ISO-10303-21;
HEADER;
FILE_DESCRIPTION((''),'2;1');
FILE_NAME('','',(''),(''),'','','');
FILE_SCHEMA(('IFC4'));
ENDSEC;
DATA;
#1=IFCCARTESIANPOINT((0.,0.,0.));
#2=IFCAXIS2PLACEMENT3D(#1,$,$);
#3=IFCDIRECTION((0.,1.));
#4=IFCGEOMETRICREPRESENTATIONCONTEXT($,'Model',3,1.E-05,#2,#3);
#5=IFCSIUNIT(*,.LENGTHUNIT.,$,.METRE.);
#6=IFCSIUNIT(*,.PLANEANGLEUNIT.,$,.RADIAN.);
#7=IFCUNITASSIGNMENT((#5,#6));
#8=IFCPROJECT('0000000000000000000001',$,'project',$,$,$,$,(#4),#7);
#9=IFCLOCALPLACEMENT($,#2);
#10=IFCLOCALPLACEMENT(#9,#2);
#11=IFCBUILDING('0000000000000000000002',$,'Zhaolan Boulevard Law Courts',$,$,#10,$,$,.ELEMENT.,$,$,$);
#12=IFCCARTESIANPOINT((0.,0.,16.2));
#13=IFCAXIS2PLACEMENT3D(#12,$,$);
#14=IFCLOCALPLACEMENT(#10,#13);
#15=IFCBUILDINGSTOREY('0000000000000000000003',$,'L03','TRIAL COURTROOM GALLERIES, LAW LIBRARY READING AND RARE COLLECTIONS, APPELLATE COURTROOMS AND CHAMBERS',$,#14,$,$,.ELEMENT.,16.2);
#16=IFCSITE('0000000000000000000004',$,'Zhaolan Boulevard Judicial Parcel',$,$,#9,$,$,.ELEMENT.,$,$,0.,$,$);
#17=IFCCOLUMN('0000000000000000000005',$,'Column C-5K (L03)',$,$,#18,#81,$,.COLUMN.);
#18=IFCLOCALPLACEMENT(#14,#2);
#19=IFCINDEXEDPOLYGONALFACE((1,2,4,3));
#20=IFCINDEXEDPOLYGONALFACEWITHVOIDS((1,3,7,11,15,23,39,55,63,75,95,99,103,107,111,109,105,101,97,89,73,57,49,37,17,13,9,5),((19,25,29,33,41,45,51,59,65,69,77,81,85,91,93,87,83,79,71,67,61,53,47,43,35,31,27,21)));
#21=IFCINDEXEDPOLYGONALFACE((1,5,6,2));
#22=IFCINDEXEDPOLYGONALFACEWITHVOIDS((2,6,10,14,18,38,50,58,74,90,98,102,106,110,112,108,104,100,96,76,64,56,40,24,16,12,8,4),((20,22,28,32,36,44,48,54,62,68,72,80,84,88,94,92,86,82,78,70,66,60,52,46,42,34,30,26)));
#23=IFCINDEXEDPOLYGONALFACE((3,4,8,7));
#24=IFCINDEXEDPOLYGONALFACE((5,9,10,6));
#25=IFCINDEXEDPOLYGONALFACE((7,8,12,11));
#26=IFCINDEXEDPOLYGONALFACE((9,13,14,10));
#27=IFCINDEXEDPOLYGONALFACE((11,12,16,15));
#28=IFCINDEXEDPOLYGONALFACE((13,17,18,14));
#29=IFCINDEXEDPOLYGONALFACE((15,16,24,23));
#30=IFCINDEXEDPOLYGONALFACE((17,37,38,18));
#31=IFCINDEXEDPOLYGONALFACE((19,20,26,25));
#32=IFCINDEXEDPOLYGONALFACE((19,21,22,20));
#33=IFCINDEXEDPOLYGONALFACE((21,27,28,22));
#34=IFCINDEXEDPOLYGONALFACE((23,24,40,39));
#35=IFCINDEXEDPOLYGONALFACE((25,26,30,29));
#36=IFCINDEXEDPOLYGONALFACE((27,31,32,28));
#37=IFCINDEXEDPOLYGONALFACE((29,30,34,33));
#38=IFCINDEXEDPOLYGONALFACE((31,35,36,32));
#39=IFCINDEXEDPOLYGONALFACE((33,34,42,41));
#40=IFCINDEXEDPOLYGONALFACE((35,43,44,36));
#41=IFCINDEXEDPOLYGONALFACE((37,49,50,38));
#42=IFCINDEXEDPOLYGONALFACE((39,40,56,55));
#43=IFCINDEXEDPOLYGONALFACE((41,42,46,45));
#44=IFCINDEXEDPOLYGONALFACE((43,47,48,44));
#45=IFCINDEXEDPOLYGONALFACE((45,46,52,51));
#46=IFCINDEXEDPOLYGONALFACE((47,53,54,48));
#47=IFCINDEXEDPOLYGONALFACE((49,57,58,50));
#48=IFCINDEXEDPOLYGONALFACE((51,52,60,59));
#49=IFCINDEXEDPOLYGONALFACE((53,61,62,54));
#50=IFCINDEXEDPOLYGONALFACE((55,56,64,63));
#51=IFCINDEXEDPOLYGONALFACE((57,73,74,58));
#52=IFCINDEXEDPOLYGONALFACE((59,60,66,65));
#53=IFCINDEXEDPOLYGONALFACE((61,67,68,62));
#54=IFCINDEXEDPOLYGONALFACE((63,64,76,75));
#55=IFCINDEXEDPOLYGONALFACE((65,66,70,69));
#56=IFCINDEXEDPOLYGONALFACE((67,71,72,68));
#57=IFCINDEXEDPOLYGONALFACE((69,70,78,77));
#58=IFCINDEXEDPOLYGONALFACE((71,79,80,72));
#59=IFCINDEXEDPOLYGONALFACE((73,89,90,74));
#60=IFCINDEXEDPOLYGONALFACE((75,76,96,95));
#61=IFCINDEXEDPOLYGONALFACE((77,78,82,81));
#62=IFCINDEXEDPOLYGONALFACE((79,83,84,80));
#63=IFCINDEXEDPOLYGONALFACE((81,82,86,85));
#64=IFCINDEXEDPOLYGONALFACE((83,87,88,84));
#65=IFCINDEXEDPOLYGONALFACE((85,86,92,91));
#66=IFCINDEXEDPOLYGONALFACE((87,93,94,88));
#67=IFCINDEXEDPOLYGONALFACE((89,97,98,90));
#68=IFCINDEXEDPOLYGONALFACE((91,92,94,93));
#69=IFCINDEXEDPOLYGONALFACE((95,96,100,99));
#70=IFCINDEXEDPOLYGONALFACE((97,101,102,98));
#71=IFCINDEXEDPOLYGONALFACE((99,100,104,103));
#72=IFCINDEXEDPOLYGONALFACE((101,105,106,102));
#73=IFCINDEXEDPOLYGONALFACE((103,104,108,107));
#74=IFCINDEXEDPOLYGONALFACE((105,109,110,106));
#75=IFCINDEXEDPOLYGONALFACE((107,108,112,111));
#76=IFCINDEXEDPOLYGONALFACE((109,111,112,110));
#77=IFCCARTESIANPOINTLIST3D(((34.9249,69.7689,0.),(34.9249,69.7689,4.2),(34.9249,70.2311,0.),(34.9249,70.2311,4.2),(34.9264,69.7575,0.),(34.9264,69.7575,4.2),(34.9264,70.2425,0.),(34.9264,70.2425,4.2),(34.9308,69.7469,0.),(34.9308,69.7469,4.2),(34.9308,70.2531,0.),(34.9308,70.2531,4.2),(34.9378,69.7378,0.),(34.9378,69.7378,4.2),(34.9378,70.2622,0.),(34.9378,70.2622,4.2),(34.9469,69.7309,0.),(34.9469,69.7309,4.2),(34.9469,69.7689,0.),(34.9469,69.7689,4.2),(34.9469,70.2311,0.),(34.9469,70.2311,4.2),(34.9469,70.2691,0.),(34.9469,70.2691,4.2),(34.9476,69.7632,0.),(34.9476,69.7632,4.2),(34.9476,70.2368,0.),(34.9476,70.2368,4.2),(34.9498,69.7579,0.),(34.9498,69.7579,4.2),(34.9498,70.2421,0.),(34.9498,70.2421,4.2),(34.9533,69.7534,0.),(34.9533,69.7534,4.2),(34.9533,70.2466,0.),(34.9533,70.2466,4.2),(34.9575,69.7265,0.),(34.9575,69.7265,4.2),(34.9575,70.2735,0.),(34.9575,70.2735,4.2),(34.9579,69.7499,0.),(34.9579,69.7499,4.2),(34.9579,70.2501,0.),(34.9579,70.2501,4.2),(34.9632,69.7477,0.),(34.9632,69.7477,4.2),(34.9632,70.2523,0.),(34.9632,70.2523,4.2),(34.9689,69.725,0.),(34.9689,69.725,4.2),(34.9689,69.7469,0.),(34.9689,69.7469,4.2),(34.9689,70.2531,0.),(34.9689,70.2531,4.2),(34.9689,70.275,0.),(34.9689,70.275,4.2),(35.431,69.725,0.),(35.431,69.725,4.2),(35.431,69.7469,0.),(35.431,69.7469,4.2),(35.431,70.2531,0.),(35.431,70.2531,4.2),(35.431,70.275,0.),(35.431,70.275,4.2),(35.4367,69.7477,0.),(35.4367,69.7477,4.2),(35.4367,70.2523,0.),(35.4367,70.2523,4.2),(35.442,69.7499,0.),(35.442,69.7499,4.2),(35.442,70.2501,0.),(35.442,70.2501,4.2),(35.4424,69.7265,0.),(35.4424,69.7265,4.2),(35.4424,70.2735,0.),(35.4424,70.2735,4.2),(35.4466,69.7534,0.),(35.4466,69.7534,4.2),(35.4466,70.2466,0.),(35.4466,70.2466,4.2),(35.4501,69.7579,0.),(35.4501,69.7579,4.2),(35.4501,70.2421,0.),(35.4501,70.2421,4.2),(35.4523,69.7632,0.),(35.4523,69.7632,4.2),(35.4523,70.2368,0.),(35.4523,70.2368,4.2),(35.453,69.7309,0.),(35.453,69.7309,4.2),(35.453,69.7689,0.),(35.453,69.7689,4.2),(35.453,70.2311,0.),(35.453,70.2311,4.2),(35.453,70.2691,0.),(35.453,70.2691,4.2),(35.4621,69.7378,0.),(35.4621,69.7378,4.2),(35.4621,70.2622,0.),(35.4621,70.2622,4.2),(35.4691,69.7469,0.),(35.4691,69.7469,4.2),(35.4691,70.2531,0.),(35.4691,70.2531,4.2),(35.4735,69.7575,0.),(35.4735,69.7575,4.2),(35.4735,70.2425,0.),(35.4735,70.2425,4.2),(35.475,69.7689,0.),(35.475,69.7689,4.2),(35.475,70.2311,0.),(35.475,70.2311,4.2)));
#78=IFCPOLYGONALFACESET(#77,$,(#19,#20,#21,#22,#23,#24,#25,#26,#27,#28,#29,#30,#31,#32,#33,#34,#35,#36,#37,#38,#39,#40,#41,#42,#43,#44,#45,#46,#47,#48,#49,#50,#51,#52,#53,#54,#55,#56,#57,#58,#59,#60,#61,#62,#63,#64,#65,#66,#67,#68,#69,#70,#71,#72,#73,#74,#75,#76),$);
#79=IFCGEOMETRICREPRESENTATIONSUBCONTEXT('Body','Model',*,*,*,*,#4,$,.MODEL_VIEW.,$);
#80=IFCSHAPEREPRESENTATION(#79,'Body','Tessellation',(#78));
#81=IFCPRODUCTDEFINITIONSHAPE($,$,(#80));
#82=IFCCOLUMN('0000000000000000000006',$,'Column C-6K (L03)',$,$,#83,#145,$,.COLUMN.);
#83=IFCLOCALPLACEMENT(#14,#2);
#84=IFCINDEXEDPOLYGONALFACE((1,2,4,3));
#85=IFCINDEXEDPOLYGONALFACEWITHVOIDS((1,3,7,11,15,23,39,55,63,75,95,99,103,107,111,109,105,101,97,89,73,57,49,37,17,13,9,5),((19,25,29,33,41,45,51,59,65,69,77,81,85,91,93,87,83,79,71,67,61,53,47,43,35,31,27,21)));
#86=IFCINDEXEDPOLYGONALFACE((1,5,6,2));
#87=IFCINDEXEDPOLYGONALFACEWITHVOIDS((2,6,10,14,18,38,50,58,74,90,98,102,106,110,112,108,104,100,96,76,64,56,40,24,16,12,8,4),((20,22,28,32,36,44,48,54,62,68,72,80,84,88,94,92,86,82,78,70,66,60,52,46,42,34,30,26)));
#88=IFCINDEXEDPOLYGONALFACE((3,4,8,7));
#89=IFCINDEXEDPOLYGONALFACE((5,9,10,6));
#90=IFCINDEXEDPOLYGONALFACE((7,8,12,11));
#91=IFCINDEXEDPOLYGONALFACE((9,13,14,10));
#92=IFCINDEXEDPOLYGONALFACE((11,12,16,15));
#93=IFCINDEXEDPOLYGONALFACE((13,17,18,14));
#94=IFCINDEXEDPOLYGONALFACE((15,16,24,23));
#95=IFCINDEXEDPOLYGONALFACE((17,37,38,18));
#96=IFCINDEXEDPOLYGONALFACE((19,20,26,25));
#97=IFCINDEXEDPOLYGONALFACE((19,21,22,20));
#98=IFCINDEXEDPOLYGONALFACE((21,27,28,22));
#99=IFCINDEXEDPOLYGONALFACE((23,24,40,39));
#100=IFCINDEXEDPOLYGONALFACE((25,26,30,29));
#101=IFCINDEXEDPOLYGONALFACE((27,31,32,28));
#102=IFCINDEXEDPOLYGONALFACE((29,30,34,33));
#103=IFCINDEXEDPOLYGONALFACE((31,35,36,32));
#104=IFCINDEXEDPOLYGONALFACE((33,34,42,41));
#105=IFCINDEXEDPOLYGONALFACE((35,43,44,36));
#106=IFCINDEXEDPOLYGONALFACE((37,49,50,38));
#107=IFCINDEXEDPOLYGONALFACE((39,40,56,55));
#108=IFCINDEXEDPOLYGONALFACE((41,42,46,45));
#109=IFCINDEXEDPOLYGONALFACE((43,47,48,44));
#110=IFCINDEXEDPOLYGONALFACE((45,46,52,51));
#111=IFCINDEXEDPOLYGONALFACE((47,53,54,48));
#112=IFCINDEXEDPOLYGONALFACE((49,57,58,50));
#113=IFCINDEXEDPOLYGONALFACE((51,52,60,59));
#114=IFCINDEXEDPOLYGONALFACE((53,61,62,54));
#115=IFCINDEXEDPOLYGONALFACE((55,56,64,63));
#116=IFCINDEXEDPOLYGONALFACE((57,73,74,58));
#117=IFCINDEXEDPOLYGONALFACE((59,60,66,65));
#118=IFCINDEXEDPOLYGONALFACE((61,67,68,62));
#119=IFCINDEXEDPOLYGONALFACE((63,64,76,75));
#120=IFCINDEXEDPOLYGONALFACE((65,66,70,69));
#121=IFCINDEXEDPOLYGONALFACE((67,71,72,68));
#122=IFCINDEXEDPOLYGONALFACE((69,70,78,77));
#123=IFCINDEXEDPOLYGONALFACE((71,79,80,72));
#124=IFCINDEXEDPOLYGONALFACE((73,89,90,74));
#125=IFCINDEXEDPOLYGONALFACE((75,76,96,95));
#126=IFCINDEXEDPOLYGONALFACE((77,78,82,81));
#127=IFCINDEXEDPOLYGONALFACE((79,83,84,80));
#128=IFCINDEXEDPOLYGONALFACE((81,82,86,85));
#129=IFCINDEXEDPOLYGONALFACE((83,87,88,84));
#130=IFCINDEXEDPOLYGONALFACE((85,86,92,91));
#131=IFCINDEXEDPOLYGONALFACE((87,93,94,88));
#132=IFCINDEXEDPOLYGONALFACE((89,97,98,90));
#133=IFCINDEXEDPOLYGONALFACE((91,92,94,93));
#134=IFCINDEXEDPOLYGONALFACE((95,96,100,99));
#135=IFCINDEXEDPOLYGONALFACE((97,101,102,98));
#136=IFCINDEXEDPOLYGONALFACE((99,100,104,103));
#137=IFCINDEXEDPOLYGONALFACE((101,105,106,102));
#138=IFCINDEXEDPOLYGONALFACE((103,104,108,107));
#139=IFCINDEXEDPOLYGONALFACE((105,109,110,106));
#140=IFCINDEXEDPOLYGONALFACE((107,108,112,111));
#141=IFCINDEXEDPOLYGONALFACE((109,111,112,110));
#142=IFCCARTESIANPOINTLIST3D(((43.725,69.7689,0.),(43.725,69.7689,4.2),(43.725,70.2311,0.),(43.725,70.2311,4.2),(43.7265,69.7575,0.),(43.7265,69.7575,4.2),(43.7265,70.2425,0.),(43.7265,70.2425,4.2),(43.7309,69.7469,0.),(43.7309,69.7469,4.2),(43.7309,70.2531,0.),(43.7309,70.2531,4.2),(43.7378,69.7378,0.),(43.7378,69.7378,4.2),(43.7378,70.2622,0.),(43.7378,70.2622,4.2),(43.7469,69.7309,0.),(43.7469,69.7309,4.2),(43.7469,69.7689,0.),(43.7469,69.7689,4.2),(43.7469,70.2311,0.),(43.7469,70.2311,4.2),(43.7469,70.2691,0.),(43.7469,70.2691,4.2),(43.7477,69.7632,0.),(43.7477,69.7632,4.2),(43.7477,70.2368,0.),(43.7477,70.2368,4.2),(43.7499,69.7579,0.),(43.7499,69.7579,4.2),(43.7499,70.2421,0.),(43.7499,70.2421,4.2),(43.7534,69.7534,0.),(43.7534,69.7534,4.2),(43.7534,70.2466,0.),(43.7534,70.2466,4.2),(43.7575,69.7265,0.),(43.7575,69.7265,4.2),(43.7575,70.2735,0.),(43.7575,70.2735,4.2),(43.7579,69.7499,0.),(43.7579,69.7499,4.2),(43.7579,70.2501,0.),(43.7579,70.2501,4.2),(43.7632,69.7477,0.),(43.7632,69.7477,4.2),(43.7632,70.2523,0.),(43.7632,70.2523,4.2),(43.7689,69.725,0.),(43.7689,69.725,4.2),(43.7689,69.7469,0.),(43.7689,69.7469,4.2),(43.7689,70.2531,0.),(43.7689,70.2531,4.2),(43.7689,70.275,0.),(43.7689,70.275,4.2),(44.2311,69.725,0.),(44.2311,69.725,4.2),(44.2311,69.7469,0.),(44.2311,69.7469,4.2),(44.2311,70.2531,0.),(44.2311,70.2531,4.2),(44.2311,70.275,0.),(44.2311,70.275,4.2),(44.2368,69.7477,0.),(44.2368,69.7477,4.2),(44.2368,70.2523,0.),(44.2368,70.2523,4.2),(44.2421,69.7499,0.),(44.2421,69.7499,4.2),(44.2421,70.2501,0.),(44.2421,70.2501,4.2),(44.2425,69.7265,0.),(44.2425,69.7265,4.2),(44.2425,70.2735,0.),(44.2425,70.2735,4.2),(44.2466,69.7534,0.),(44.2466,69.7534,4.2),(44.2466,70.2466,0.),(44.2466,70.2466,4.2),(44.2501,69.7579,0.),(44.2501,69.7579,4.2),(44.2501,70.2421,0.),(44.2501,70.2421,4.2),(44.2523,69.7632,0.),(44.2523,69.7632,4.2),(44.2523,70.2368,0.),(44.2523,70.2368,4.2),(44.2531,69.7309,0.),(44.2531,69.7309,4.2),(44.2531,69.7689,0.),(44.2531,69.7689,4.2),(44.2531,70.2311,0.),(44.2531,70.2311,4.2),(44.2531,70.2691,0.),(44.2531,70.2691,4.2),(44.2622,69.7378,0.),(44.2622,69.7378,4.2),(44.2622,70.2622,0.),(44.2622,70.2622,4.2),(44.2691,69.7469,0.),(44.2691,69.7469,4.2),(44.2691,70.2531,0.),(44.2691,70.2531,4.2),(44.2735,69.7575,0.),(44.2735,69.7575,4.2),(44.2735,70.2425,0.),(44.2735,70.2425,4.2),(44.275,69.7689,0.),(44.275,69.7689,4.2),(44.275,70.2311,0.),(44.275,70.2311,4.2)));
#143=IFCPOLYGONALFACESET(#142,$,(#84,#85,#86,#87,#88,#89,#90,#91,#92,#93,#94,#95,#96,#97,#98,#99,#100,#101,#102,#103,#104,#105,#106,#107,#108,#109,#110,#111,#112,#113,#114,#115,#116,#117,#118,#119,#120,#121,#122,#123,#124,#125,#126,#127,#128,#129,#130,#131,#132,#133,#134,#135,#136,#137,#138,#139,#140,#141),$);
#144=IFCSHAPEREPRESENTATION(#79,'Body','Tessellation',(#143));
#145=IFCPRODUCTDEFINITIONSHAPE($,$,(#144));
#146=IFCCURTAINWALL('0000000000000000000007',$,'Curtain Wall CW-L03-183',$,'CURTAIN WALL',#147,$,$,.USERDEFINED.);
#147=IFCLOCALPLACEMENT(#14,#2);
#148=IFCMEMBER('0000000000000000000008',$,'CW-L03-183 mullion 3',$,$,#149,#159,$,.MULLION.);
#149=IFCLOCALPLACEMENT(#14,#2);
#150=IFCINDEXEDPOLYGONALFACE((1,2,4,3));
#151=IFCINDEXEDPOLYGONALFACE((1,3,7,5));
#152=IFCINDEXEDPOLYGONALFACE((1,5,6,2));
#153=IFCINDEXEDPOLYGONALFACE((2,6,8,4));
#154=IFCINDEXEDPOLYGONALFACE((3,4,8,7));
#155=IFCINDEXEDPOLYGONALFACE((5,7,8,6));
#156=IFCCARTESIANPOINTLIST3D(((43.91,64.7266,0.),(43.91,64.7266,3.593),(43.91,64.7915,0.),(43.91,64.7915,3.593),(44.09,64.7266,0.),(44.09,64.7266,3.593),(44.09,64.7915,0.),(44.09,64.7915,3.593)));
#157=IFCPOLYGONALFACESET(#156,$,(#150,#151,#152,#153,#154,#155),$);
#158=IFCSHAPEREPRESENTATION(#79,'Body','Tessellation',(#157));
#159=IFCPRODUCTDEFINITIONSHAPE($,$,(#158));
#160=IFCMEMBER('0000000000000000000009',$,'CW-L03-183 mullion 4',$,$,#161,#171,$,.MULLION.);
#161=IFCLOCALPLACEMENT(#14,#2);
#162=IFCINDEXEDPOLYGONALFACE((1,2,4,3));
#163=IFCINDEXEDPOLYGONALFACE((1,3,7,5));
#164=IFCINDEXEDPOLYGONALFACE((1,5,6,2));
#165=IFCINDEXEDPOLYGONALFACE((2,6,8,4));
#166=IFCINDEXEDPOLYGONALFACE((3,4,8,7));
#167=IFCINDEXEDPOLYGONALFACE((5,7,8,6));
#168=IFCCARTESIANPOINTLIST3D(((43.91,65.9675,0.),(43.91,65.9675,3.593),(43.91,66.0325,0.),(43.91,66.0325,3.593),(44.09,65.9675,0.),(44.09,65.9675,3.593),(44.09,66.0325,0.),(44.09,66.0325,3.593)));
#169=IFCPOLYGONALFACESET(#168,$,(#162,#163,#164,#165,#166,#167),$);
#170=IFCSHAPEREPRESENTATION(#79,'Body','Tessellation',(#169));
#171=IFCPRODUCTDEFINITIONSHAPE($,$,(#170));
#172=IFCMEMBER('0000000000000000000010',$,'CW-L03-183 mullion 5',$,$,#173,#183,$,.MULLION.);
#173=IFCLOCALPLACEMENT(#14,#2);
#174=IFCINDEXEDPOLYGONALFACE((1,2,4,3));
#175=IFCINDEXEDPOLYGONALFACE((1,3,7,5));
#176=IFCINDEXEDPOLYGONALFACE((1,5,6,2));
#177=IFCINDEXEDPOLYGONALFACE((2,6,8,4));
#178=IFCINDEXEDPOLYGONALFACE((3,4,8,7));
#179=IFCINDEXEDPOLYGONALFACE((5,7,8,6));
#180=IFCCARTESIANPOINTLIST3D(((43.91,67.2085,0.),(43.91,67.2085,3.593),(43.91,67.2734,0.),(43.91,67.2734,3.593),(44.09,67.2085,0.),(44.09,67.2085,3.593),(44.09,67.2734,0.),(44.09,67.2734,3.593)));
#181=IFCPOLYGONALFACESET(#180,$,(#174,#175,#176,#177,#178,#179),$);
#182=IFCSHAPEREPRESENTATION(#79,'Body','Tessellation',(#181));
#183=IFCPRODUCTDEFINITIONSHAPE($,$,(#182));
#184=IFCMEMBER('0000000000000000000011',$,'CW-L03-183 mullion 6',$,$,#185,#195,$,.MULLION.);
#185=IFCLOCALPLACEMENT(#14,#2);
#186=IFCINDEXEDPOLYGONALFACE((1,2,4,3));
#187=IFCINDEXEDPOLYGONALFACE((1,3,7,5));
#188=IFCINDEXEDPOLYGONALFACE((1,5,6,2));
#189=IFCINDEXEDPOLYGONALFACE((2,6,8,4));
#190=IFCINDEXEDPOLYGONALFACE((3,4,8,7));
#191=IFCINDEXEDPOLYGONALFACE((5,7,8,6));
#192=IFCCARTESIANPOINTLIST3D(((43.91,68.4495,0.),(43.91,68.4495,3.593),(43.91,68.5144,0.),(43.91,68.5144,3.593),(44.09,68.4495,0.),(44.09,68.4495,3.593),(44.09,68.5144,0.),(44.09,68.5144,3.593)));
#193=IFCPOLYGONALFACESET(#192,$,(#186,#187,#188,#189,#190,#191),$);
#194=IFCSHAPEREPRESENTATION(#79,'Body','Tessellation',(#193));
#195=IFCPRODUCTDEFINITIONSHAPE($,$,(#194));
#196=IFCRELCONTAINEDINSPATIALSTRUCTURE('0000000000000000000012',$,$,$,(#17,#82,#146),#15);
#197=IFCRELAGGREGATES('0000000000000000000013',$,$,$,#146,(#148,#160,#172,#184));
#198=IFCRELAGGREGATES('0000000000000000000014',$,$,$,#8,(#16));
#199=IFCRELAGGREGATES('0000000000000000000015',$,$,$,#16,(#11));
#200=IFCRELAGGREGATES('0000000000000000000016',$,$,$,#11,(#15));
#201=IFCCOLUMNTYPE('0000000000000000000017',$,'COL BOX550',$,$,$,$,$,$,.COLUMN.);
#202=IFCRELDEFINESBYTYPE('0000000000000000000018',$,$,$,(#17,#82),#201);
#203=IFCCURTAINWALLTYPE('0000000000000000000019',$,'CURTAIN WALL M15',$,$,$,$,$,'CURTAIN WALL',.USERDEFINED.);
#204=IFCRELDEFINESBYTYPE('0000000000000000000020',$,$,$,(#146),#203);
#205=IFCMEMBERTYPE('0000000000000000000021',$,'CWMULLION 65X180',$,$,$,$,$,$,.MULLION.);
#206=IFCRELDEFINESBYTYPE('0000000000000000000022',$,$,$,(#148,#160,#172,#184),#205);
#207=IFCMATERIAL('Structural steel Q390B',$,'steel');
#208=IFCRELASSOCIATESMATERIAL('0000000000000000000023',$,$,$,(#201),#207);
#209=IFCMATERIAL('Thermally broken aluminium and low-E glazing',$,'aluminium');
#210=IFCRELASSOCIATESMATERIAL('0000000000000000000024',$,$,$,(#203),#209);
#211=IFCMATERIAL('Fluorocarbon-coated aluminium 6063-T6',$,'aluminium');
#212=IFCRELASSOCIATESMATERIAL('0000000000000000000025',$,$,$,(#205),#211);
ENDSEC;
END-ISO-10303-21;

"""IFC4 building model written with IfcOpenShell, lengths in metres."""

from ifc_helpers import new_model, si_unit, direction, frame, origin, origin_2d, place, context, subcontext, project, spatial, rectangle, hollow_rectangle, extrude, material, material_profile, profile_set, type_object, element, aggregate, save


model = new_model("IFC4")

# Units and contexts
model_context = context("Model", 3, precision=1e-05, world=origin(), true_north=direction((0.0, 1.0)))
body_context = subcontext(model_context, "Body", "Model", "MODEL_VIEW")
ifc_project = project(units=[si_unit("LENGTHUNIT", "METRE"), si_unit("PLANEANGLEUNIT", "RADIAN")], contexts=[model_context])

# Site, building, storey
site_placement = place(None, origin())
site = spatial("IfcSite", under=ifc_project, at=site_placement, Name="Zhaolan Boulevard Judicial Parcel", CompositionType="ELEMENT", RefElevation=0.0)
building_placement = place(site_placement, origin())
building = spatial("IfcBuilding", under=site, at=building_placement, Name="Zhaolan Boulevard Law Courts", CompositionType="ELEMENT")
storey_placement = place(building_placement, frame((0.0, 0.0, 16.2)))
storey = spatial("IfcBuildingStorey", under=building, at=storey_placement, Name="L03", Description="TRIAL COURTROOM GALLERIES, LAW LIBRARY READING AND RARE COLLECTIONS, APPELLATE COURTROOMS AND CHAMBERS", CompositionType="ELEMENT", Elevation=16.2)

# Columns
ifc_material_1 = material(Name="Structural steel Q390B", Category="steel")
ifc_material_profile_1 = material_profile(ifc_material_1, hollow_rectangle(XDim=0.55, YDim=0.55, WallThickness=0.022, InnerFilletRadius=0.022, OuterFilletRadius=0.0439, at=origin_2d()), Name="BOX550x550x22")
ifc_profile_set_1 = profile_set([ifc_material_profile_1], Name="Structural steel Q390B")
column_type = type_object("IfcColumnType", Name="COL BOX550", PredefinedType="COLUMN", material=ifc_profile_set_1)
for number, where, z_axis, x_axis, name in (
    (1, (35.2, 70.0, 0.0), (0.0, 0.0, 1.0), (1.0, 0.0, 0.0), "Column C-5K (L03)"),
    (2, (44.0, 70.0, 0.0), (0.0, 0.0, 1.0), (1.0, 0.0, 0.0), "Column C-6K (L03)"),
):
    element("IfcColumn", number, at=place(storey_placement, frame(where, z_axis=z_axis, x_axis=x_axis)), inside=storey, type_object=column_type, Name=name, PredefinedType="COLUMN", context=body_context, shape_type="SweptSolid", body=[
        extrude(hollow_rectangle(XDim=0.55, YDim=0.55, WallThickness=0.022, InnerFilletRadius=0.022, OuterFilletRadius=0.0439, at=origin_2d()), origin(), (0.0, 0.0, 1.0), 4.2),
    ])

# Curtain wall, members
ifc_material_2 = material(Name="Thermally broken aluminium and low-E glazing", Category="aluminium")
curtain_wall_type = type_object("IfcCurtainWallType", Name="CURTAIN WALL M15", ElementType="CURTAIN WALL", PredefinedType="USERDEFINED", material=ifc_material_2)
curtain_wall_placement = place(storey_placement, origin())
curtain_wall = element("IfcCurtainWall", 3, at=curtain_wall_placement, inside=storey, type_object=curtain_wall_type, Name="Curtain Wall CW-L03-183", ObjectType="CURTAIN WALL", PredefinedType="USERDEFINED")
ifc_material_3 = material(Name="Fluorocarbon-coated aluminium 6063-T6", Category="aluminium")
ifc_material_profile_2 = material_profile(ifc_material_3, rectangle(XDim=0.1799, YDim=0.0649, at=origin_2d()), Name="AL65x180")
ifc_profile_set_2 = profile_set([ifc_material_profile_2], Name="Fluorocarbon-coated aluminium 6063-T6")
member_type_1 = type_object("IfcMemberType", Name="CWMULLION 65X180", PredefinedType="MULLION", material=ifc_profile_set_2)
member_1_placement = place(storey_placement, frame((44.0, 64.759, 0.0), z_axis=(0.0, 0.0, 1.0), x_axis=(-1.0, 0.0, 0.0)))
member_1 = element("IfcMember", 4, at=member_1_placement, type_object=member_type_1, Name="CW-L03-183 mullion 3", PredefinedType="MULLION", context=body_context, shape_type="SweptSolid", body=[
    extrude(rectangle(XDim=0.1799, YDim=0.0649, at=origin_2d()), origin(), (0.0, 0.0, 1.0), 3.593),
])
member_2_placement = place(storey_placement, frame((44.0, 66.0, 0.0), z_axis=(0.0, 0.0, 1.0), x_axis=(-1.0, 0.0, 0.0)))
member_2 = element("IfcMember", 5, at=member_2_placement, type_object=member_type_1, Name="CW-L03-183 mullion 4", PredefinedType="MULLION", context=body_context, shape_type="SweptSolid", body=[
    extrude(rectangle(XDim=0.1799, YDim=0.0649, at=origin_2d()), origin(), (0.0, 0.0, 1.0), 3.593),
])
member_3_placement = place(storey_placement, frame((44.0, 67.241, 0.0), z_axis=(0.0, 0.0, 1.0), x_axis=(-1.0, 0.0, 0.0)))
member_3 = element("IfcMember", 6, at=member_3_placement, type_object=member_type_1, Name="CW-L03-183 mullion 5", PredefinedType="MULLION", context=body_context, shape_type="SweptSolid", body=[
    extrude(rectangle(XDim=0.1799, YDim=0.0649, at=origin_2d()), origin(), (0.0, 0.0, 1.0), 3.593),
])
member_4_placement = place(storey_placement, frame((44.0, 68.4819, 0.0), z_axis=(0.0, 0.0, 1.0), x_axis=(-1.0, 0.0, 0.0)))
member_4 = element("IfcMember", 7, at=member_4_placement, type_object=member_type_1, Name="CW-L03-183 mullion 6", PredefinedType="MULLION", context=body_context, shape_type="SweptSolid", body=[
    extrude(rectangle(XDim=0.1799, YDim=0.0649, at=origin_2d()), origin(), (0.0, 0.0, 1.0), 3.593),
])

aggregate(curtain_wall, [member_1, member_2, member_3, member_4])

save(model, "model.ifc")
